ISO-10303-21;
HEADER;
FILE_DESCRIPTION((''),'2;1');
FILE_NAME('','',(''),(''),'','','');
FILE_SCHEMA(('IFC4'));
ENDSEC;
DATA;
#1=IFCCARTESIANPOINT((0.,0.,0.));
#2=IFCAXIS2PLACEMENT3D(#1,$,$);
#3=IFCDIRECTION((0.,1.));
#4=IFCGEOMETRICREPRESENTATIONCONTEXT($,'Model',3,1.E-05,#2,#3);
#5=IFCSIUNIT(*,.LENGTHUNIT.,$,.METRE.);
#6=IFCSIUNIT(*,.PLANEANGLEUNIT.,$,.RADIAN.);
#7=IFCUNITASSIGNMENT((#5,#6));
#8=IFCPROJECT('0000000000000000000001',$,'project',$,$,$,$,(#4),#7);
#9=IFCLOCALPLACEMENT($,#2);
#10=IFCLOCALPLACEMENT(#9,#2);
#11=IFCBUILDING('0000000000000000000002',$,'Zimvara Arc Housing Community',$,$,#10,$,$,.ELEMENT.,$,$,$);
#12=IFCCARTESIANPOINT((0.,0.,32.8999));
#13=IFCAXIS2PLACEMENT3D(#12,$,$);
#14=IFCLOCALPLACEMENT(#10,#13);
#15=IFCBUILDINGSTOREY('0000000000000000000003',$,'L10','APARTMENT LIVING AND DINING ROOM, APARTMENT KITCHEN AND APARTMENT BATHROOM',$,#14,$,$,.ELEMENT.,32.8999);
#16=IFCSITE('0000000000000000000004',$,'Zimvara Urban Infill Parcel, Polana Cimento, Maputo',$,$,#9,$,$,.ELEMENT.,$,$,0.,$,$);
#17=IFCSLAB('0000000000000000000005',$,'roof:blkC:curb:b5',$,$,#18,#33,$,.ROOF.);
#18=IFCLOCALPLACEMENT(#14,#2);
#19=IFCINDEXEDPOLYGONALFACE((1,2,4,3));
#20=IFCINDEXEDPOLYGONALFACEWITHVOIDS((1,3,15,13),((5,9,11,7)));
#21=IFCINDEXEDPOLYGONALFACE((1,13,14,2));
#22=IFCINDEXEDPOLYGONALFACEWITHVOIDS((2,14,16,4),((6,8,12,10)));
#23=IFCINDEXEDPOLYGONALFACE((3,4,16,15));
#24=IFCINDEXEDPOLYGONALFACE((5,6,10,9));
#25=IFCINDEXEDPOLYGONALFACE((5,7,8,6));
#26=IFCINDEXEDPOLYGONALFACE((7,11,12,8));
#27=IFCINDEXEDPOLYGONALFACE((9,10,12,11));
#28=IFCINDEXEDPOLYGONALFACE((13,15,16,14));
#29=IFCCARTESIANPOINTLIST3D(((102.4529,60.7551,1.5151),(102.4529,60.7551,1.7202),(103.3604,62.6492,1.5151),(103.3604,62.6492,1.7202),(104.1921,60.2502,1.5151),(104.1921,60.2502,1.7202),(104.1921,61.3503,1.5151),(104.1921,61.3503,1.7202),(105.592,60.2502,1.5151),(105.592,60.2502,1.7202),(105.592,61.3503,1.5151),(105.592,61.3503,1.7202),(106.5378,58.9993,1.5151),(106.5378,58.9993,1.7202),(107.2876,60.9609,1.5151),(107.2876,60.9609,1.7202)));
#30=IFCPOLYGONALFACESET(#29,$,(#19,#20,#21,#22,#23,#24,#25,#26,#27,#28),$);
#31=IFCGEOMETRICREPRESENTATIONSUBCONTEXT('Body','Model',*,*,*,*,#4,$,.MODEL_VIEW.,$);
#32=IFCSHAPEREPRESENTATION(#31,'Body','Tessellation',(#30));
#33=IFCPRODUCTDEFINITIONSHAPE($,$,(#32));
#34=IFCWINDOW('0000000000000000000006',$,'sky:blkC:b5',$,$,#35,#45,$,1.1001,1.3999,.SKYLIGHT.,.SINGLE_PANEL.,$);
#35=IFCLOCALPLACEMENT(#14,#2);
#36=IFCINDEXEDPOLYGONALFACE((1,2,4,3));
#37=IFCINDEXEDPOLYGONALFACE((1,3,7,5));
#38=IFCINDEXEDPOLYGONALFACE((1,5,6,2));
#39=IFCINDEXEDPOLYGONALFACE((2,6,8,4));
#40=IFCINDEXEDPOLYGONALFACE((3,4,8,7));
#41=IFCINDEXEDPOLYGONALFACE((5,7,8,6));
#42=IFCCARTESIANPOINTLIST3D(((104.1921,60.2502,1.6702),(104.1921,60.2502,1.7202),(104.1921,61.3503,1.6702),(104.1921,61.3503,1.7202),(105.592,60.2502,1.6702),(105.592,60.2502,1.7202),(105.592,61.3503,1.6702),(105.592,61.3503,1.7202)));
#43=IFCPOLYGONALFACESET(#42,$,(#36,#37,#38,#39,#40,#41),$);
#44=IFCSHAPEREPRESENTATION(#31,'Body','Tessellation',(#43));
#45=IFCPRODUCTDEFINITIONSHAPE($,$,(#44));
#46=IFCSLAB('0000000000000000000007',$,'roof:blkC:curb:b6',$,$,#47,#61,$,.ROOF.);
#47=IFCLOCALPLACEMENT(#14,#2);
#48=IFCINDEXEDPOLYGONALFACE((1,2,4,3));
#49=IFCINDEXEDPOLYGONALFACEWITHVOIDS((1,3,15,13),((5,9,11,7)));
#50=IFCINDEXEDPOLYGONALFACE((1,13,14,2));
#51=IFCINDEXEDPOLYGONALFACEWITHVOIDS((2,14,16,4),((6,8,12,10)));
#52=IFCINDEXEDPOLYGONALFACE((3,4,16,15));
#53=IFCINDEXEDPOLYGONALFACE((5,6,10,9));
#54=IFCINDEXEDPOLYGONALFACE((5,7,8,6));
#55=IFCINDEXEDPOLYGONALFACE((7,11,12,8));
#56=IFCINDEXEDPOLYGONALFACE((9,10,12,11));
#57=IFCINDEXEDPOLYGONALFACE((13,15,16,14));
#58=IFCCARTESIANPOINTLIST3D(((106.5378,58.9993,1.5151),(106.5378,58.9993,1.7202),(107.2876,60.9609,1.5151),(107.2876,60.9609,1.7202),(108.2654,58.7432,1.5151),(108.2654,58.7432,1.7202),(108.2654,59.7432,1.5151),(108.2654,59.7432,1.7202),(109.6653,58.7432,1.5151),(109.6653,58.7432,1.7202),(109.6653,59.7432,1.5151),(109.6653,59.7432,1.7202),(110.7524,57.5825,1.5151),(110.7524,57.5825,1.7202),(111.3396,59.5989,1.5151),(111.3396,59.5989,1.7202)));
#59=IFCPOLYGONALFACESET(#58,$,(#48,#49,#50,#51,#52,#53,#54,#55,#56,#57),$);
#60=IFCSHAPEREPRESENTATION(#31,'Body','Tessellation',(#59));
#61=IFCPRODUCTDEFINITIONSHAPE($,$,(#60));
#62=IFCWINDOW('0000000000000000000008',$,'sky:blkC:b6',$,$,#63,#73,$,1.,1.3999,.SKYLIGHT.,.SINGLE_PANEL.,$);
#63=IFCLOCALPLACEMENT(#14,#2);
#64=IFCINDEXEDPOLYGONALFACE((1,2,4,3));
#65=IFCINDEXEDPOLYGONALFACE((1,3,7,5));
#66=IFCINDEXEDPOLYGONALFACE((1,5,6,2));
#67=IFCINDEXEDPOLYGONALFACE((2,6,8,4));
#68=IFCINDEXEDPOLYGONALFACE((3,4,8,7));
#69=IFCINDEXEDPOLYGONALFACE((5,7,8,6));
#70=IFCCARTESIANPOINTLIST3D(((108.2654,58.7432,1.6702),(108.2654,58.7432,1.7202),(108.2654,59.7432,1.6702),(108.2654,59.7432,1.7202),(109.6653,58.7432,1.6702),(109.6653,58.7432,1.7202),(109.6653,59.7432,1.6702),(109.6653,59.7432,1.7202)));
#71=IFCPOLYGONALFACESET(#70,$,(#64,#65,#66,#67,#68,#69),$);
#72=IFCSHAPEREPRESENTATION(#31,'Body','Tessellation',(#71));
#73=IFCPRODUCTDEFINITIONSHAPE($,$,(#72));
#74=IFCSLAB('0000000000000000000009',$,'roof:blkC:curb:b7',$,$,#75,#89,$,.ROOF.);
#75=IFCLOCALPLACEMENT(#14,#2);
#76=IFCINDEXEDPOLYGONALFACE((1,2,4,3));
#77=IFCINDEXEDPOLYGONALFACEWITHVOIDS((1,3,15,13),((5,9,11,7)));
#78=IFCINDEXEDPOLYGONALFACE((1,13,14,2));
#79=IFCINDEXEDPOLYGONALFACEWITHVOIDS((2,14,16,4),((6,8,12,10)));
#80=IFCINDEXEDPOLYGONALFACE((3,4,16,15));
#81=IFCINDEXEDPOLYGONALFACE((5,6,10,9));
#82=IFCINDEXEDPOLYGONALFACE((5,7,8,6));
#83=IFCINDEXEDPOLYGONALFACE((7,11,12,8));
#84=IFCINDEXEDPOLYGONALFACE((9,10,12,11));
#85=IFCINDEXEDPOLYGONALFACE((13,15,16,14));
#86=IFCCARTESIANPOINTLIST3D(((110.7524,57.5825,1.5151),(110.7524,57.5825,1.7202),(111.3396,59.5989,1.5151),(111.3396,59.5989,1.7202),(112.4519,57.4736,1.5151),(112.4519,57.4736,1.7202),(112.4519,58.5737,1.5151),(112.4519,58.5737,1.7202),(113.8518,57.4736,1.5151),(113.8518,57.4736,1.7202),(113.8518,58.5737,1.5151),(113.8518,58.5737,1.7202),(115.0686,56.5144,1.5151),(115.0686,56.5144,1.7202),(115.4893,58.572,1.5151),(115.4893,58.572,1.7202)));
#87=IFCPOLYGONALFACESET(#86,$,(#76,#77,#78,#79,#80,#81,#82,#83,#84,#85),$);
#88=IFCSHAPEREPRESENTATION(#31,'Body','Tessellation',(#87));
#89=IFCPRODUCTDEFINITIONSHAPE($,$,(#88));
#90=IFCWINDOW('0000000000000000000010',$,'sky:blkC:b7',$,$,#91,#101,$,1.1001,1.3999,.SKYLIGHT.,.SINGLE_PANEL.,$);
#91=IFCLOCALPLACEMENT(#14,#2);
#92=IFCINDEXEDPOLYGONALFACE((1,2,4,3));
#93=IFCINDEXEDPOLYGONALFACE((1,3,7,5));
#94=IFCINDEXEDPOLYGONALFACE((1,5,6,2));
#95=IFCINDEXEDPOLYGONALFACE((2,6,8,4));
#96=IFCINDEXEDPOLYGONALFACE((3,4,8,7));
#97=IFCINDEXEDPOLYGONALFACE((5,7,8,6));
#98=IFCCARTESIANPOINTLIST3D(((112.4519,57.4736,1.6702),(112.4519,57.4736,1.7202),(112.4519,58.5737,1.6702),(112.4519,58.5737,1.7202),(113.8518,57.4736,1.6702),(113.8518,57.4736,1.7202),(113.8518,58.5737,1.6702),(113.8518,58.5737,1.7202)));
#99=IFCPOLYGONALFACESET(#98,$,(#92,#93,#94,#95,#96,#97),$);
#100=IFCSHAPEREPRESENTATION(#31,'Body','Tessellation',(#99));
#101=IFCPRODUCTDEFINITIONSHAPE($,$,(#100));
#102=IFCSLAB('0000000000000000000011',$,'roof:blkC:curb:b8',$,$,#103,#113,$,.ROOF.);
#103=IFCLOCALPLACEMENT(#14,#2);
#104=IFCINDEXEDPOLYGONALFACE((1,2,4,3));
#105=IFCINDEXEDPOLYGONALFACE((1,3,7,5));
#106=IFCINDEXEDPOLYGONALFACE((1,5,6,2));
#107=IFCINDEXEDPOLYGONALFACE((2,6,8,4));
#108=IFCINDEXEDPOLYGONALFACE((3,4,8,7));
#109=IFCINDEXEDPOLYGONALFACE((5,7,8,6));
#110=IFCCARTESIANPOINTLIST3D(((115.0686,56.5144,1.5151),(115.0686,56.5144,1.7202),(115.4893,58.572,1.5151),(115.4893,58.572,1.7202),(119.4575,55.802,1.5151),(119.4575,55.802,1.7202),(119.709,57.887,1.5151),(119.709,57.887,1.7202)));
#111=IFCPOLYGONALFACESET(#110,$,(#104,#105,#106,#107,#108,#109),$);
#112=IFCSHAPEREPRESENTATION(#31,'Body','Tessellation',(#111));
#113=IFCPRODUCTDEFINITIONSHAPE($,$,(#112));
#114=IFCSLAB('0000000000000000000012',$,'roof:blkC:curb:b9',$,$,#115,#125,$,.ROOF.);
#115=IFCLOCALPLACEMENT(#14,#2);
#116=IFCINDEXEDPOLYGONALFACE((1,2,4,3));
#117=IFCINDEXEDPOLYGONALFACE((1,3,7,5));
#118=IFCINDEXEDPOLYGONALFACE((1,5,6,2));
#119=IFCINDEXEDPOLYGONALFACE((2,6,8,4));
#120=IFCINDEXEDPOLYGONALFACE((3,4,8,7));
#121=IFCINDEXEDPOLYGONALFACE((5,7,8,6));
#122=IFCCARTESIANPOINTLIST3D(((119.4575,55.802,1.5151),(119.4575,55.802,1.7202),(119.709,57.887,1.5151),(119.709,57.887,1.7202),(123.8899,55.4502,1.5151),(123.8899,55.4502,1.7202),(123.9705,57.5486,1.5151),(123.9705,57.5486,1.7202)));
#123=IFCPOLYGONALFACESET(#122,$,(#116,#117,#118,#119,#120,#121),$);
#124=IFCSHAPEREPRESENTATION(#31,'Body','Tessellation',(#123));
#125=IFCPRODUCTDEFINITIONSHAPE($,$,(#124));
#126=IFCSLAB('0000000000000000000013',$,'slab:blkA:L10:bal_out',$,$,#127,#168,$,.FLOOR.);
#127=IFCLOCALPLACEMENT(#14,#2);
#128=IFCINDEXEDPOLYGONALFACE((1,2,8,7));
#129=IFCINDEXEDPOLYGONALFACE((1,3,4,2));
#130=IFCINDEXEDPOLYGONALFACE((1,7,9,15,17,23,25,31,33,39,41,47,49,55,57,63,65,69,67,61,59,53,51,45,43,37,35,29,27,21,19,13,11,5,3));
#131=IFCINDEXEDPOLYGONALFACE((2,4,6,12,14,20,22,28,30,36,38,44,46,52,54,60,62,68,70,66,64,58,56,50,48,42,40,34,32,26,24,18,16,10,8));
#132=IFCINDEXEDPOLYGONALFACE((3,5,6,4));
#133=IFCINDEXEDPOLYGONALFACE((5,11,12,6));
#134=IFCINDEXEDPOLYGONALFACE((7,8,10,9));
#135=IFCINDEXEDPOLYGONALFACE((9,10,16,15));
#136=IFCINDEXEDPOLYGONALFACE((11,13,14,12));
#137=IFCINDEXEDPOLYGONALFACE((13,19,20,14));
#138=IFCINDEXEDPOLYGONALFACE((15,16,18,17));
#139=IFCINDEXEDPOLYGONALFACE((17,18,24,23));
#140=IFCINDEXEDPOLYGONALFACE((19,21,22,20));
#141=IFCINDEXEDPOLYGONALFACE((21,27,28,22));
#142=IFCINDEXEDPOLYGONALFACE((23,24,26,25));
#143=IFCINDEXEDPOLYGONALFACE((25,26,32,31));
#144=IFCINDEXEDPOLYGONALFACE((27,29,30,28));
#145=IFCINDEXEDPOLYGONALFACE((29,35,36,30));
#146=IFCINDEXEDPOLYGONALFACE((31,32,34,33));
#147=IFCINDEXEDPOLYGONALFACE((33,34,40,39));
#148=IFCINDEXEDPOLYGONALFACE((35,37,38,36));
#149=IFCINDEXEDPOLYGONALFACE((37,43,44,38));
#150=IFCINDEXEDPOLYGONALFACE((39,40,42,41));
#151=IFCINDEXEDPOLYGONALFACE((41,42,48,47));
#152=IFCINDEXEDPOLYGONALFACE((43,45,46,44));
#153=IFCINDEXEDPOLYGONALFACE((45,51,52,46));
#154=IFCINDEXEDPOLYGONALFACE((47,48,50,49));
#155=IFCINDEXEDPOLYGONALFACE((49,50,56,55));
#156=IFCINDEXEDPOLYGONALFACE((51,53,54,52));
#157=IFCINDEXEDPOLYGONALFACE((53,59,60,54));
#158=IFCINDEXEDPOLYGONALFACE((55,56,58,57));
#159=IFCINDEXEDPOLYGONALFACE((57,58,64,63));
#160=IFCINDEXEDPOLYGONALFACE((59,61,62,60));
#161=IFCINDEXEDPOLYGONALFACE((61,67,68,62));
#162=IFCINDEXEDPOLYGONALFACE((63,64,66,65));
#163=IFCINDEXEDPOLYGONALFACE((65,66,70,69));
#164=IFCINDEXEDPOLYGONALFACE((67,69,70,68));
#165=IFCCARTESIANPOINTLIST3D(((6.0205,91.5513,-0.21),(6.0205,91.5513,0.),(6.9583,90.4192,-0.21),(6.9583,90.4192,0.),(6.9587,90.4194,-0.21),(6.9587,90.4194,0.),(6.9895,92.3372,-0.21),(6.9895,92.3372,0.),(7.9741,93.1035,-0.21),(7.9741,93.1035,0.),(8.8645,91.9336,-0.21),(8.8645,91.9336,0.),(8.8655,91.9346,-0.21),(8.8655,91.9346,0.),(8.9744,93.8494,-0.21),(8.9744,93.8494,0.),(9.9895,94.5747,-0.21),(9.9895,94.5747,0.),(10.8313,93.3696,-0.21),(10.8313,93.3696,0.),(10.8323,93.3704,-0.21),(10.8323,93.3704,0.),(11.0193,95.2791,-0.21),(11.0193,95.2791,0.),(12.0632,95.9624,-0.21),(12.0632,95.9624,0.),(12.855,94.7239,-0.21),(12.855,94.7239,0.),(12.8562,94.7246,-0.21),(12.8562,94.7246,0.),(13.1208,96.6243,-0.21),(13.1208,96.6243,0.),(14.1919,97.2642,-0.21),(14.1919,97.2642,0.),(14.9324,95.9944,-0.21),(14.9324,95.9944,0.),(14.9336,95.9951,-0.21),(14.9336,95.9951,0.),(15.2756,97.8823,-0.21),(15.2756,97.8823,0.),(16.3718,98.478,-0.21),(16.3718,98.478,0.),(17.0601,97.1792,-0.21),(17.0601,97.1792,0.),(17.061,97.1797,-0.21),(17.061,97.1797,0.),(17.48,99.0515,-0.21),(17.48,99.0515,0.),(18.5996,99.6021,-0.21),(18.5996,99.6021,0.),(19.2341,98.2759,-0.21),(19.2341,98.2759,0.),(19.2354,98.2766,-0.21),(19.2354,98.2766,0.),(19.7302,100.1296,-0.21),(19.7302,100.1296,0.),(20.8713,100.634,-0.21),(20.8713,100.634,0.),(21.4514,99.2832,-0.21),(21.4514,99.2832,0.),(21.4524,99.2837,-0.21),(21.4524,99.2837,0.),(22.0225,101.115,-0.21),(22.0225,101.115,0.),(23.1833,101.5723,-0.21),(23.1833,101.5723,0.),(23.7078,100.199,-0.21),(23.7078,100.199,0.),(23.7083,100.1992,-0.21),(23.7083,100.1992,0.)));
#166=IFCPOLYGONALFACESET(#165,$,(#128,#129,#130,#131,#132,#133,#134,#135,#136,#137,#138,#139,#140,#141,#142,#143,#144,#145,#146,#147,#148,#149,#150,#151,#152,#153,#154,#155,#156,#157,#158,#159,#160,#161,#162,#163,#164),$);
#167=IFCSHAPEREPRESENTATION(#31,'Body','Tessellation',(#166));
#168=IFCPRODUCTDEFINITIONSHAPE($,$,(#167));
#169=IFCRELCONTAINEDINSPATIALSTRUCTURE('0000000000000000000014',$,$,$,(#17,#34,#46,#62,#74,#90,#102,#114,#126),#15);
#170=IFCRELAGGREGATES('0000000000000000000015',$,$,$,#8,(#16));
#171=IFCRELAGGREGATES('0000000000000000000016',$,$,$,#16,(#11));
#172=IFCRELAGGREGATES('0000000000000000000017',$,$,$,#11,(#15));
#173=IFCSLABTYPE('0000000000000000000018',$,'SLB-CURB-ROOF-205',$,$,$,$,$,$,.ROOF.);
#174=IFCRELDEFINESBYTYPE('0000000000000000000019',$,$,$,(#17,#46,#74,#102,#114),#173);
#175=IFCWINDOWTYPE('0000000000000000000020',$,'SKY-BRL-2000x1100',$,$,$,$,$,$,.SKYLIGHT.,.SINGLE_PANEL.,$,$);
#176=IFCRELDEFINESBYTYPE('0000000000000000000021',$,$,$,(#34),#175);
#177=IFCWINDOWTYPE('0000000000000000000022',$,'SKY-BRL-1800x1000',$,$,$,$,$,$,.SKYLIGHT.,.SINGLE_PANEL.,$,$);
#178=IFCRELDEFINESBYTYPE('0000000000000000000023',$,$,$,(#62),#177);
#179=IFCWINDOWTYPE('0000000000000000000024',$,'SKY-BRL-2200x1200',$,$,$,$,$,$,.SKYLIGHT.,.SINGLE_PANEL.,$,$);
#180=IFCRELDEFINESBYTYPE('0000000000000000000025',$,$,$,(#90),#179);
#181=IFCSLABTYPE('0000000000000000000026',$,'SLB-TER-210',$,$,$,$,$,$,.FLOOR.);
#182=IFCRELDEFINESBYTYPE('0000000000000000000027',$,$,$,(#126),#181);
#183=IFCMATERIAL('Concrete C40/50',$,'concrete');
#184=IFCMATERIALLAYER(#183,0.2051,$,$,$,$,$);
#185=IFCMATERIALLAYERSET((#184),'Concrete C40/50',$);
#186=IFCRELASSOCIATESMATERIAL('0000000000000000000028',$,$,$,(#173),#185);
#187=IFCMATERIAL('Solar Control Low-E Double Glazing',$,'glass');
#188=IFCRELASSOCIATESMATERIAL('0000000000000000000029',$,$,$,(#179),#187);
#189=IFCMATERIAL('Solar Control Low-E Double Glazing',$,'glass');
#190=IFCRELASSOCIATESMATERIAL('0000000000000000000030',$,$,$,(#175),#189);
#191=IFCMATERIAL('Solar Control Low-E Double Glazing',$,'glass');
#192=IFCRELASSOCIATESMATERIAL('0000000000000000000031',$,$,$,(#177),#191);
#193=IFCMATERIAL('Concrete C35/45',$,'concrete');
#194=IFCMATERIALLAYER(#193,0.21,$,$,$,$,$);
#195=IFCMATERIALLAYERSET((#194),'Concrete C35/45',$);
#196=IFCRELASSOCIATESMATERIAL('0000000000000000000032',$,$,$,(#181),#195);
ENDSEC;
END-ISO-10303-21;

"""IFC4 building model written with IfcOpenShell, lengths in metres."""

from ifc_helpers import new_model, si_unit, direction, frame, origin, origin_2d, place, context, subcontext, project, spatial, polyline, rectangle, outline, extrude, material, layer, layer_set, type_object, element, fill, save


model = new_model("IFC4")

# Units and contexts
model_context = context("Model", 3, precision=1e-05, world=origin(), true_north=direction((0.0, 1.0)))
body_context = subcontext(model_context, "Body", "Model", "MODEL_VIEW")
ifc_project = project(units=[si_unit("LENGTHUNIT", "METRE"), si_unit("PLANEANGLEUNIT", "RADIAN")], contexts=[model_context])

# Site, building, storey
site_placement = place(None, origin())
site = spatial("IfcSite", under=ifc_project, at=site_placement, Name="Zimvara Urban Infill Parcel, Polana Cimento, Maputo", CompositionType="ELEMENT", RefElevation=0.0)
building_placement = place(site_placement, origin())
building = spatial("IfcBuilding", under=site, at=building_placement, Name="Zimvara Arc Housing Community", CompositionType="ELEMENT")
storey_placement = place(building_placement, frame((0.0, 0.0, 32.8999)))
storey = spatial("IfcBuildingStorey", under=building, at=storey_placement, Name="L10", Description="APARTMENT LIVING AND DINING ROOM, APARTMENT KITCHEN AND APARTMENT BATHROOM", CompositionType="ELEMENT", Elevation=32.8999)

# Slabs, openings, windows
ifc_material_1 = material(Name="Concrete C40/50", Category="concrete")
ifc_layer_1 = layer(ifc_material_1, 0.2051)
ifc_layer_set_1 = layer_set([ifc_layer_1], Name="Concrete C40/50")
slab_type_1 = type_object("IfcSlabType", Name="SLB-CURB-ROOF-205", PredefinedType="ROOF", material=ifc_layer_set_1)
ifc_material_2 = material(Name="Solar Control Low-E Double Glazing", Category="glass")
window_type_1 = type_object("IfcWindowType", Name="SKY-BRL-2200x1200", PartitioningType="SINGLE_PANEL", PredefinedType="SKYLIGHT", material=ifc_material_2)
ifc_material_3 = material(Name="Solar Control Low-E Double Glazing", Category="glass")
window_type_2 = type_object("IfcWindowType", Name="SKY-BRL-2000x1100", PartitioningType="SINGLE_PANEL", PredefinedType="SKYLIGHT", material=ifc_material_3)
ifc_material_4 = material(Name="Solar Control Low-E Double Glazing", Category="glass")
window_type_3 = type_object("IfcWindowType", Name="SKY-BRL-1800x1000", PartitioningType="SINGLE_PANEL", PredefinedType="SKYLIGHT", material=ifc_material_4)
slab_1_placement = place(storey_placement, frame((0.0, 0.0, 1.5151)))
slab_1 = element("IfcSlab", 1, at=slab_1_placement, inside=storey, type_object=slab_type_1, Name="roof:blkC:curb:b5", PredefinedType="ROOF", context=body_context, shape_type="SweptSolid", body=[
    extrude(outline(polyline([(102.4529, 60.7551), (106.5378, 58.9993), (107.2876, 60.9609), (103.3604, 62.6492), (102.4529, 60.7551)])), origin(), (0.0, 0.0, 1.0), 0.2051),
])
opening_1_placement = place(slab_1_placement, frame((104.8921, 60.8003, 0.0)))
opening_1 = element("IfcOpeningElement", 2, at=opening_1_placement, cuts=slab_1, PredefinedType="OPENING", context=body_context, shape_type="SweptSolid", body=[
    extrude(rectangle(XDim=1.3999, YDim=1.1001, at=origin_2d()), origin(), (0.0, 0.0, 1.0), 0.2051),
])
window_1_placement = place(opening_1_placement, frame((0.0, 0.0, 0.155)))
window_1 = element("IfcWindow", 3, at=window_1_placement, inside=storey, type_object=window_type_2, Name="sky:blkC:b5", OverallHeight=1.1001, OverallWidth=1.3999, PartitioningType="SINGLE_PANEL", PredefinedType="SKYLIGHT", context=body_context, shape_type="SweptSolid", body=[
    extrude(rectangle(XDim=1.3999, YDim=1.1001, at=origin_2d()), origin(), (0.0, 0.0, 1.0), 0.05),
])
fill(opening_1, window_1)
slab_2_placement = place(storey_placement, frame((0.0, 0.0, 1.5151)))
slab_2 = element("IfcSlab", 4, at=slab_2_placement, inside=storey, type_object=slab_type_1, Name="roof:blkC:curb:b6", PredefinedType="ROOF", context=body_context, shape_type="SweptSolid", body=[
    extrude(outline(polyline([(106.5378, 58.9993), (110.7524, 57.5825), (111.3396, 59.5989), (107.2876, 60.9609), (106.5378, 58.9993)])), origin(), (0.0, 0.0, 1.0), 0.2051),
])
opening_2_placement = place(slab_2_placement, frame((108.9653, 59.2432, 0.0)))
opening_2 = element("IfcOpeningElement", 5, at=opening_2_placement, cuts=slab_2, PredefinedType="OPENING", context=body_context, shape_type="SweptSolid", body=[
    extrude(rectangle(XDim=1.3999, YDim=1.0, at=origin_2d()), origin(), (0.0, 0.0, 1.0), 0.2051),
])
window_2_placement = place(opening_2_placement, frame((0.0, 0.0, 0.155)))
window_2 = element("IfcWindow", 6, at=window_2_placement, inside=storey, type_object=window_type_3, Name="sky:blkC:b6", OverallHeight=1.0, OverallWidth=1.3999, PartitioningType="SINGLE_PANEL", PredefinedType="SKYLIGHT", context=body_context, shape_type="SweptSolid", body=[
    extrude(rectangle(XDim=1.3999, YDim=1.0, at=origin_2d()), origin(), (0.0, 0.0, 1.0), 0.05),
])
fill(opening_2, window_2)
slab_3_placement = place(storey_placement, frame((0.0, 0.0, 1.5151)))
slab_3 = element("IfcSlab", 7, at=slab_3_placement, inside=storey, type_object=slab_type_1, Name="roof:blkC:curb:b7", PredefinedType="ROOF", context=body_context, shape_type="SweptSolid", body=[
    extrude(outline(polyline([(110.7524, 57.5825), (115.0686, 56.5144), (115.4893, 58.572), (111.3396, 59.5989), (110.7524, 57.5825)])), origin(), (0.0, 0.0, 1.0), 0.2051),
])
opening_3_placement = place(slab_3_placement, frame((113.1519, 58.0237, 0.0)))
opening_3 = element("IfcOpeningElement", 8, at=opening_3_placement, cuts=slab_3, PredefinedType="OPENING", context=body_context, shape_type="SweptSolid", body=[
    extrude(rectangle(XDim=1.3999, YDim=1.1001, at=origin_2d()), origin(), (0.0, 0.0, 1.0), 0.2051),
])
window_3_placement = place(opening_3_placement, frame((0.0, 0.0, 0.155)))
window_3 = element("IfcWindow", 9, at=window_3_placement, inside=storey, type_object=window_type_1, Name="sky:blkC:b7", OverallHeight=1.1001, OverallWidth=1.3999, PartitioningType="SINGLE_PANEL", PredefinedType="SKYLIGHT", context=body_context, shape_type="SweptSolid", body=[
    extrude(rectangle(XDim=1.3999, YDim=1.1001, at=origin_2d()), origin(), (0.0, 0.0, 1.0), 0.05),
])
fill(opening_3, window_3)

# Slabs
slab_4_placement = place(storey_placement, frame((0.0, 0.0, 1.5151)))
element("IfcSlab", 10, at=slab_4_placement, inside=storey, type_object=slab_type_1, Name="roof:blkC:curb:b8", PredefinedType="ROOF", context=body_context, shape_type="SweptSolid", body=[
    extrude(outline(polyline([(115.0686, 56.5144), (119.4575, 55.802), (119.709, 57.887), (115.4893, 58.572), (115.0686, 56.5144)])), origin(), (0.0, 0.0, 1.0), 0.2051),
])
slab_5_placement = place(storey_placement, frame((0.0, 0.0, 1.5151)))
element("IfcSlab", 11, at=slab_5_placement, inside=storey, type_object=slab_type_1, Name="roof:blkC:curb:b9", PredefinedType="ROOF", context=body_context, shape_type="SweptSolid", body=[
    extrude(outline(polyline([(119.4575, 55.802), (123.8899, 55.4502), (123.9705, 57.5486), (119.709, 57.887), (119.4575, 55.802)])), origin(), (0.0, 0.0, 1.0), 0.2051),
])
ifc_material_5 = material(Name="Concrete C35/45", Category="concrete")
ifc_layer_2 = layer(ifc_material_5, 0.21)
ifc_layer_set_2 = layer_set([ifc_layer_2], Name="Concrete C35/45")
slab_type_2 = type_object("IfcSlabType", Name="SLB-TER-210", PredefinedType="FLOOR", material=ifc_layer_set_2)
slab_6_placement = place(storey_placement, frame((0.0, 0.0, -0.21)))
element("IfcSlab", 12, at=slab_6_placement, inside=storey, type_object=slab_type_2, Name="slab:blkA:L10:bal_out", PredefinedType="FLOOR", context=body_context, shape_type="SweptSolid", body=[
    extrude(outline(polyline([(6.0205, 91.5513), (6.9583, 90.4192), (6.9587, 90.4194), (8.8645, 91.9336), (8.8655, 91.9346), (10.8313, 93.3696), (10.8323, 93.3704), (12.855, 94.7239), (12.8562, 94.7246), (14.9324, 95.9944), (14.9336, 95.9951), (17.0601, 97.1792), (17.061, 97.1797), (19.2341, 98.2759), (19.2354, 98.2766), (21.4514, 99.2832), (21.4524, 99.2837), (23.7078, 100.199), (23.7083, 100.1992), (23.1833, 101.5723), (22.0225, 101.115), (20.8713, 100.634), (19.7302, 100.1296), (18.5996, 99.6021), (17.48, 99.0515), (16.3718, 98.478), (15.2756, 97.8823), (14.1919, 97.2642), (13.1208, 96.6243), (12.0632, 95.9624), (11.0193, 95.2791), (9.9895, 94.5747), (8.9744, 93.8494), (7.9741, 93.1035), (6.9895, 92.3372), (6.0205, 91.5513)])), origin(), (0.0, 0.0, 1.0), 0.21),
])

save(model, "model.ifc")
